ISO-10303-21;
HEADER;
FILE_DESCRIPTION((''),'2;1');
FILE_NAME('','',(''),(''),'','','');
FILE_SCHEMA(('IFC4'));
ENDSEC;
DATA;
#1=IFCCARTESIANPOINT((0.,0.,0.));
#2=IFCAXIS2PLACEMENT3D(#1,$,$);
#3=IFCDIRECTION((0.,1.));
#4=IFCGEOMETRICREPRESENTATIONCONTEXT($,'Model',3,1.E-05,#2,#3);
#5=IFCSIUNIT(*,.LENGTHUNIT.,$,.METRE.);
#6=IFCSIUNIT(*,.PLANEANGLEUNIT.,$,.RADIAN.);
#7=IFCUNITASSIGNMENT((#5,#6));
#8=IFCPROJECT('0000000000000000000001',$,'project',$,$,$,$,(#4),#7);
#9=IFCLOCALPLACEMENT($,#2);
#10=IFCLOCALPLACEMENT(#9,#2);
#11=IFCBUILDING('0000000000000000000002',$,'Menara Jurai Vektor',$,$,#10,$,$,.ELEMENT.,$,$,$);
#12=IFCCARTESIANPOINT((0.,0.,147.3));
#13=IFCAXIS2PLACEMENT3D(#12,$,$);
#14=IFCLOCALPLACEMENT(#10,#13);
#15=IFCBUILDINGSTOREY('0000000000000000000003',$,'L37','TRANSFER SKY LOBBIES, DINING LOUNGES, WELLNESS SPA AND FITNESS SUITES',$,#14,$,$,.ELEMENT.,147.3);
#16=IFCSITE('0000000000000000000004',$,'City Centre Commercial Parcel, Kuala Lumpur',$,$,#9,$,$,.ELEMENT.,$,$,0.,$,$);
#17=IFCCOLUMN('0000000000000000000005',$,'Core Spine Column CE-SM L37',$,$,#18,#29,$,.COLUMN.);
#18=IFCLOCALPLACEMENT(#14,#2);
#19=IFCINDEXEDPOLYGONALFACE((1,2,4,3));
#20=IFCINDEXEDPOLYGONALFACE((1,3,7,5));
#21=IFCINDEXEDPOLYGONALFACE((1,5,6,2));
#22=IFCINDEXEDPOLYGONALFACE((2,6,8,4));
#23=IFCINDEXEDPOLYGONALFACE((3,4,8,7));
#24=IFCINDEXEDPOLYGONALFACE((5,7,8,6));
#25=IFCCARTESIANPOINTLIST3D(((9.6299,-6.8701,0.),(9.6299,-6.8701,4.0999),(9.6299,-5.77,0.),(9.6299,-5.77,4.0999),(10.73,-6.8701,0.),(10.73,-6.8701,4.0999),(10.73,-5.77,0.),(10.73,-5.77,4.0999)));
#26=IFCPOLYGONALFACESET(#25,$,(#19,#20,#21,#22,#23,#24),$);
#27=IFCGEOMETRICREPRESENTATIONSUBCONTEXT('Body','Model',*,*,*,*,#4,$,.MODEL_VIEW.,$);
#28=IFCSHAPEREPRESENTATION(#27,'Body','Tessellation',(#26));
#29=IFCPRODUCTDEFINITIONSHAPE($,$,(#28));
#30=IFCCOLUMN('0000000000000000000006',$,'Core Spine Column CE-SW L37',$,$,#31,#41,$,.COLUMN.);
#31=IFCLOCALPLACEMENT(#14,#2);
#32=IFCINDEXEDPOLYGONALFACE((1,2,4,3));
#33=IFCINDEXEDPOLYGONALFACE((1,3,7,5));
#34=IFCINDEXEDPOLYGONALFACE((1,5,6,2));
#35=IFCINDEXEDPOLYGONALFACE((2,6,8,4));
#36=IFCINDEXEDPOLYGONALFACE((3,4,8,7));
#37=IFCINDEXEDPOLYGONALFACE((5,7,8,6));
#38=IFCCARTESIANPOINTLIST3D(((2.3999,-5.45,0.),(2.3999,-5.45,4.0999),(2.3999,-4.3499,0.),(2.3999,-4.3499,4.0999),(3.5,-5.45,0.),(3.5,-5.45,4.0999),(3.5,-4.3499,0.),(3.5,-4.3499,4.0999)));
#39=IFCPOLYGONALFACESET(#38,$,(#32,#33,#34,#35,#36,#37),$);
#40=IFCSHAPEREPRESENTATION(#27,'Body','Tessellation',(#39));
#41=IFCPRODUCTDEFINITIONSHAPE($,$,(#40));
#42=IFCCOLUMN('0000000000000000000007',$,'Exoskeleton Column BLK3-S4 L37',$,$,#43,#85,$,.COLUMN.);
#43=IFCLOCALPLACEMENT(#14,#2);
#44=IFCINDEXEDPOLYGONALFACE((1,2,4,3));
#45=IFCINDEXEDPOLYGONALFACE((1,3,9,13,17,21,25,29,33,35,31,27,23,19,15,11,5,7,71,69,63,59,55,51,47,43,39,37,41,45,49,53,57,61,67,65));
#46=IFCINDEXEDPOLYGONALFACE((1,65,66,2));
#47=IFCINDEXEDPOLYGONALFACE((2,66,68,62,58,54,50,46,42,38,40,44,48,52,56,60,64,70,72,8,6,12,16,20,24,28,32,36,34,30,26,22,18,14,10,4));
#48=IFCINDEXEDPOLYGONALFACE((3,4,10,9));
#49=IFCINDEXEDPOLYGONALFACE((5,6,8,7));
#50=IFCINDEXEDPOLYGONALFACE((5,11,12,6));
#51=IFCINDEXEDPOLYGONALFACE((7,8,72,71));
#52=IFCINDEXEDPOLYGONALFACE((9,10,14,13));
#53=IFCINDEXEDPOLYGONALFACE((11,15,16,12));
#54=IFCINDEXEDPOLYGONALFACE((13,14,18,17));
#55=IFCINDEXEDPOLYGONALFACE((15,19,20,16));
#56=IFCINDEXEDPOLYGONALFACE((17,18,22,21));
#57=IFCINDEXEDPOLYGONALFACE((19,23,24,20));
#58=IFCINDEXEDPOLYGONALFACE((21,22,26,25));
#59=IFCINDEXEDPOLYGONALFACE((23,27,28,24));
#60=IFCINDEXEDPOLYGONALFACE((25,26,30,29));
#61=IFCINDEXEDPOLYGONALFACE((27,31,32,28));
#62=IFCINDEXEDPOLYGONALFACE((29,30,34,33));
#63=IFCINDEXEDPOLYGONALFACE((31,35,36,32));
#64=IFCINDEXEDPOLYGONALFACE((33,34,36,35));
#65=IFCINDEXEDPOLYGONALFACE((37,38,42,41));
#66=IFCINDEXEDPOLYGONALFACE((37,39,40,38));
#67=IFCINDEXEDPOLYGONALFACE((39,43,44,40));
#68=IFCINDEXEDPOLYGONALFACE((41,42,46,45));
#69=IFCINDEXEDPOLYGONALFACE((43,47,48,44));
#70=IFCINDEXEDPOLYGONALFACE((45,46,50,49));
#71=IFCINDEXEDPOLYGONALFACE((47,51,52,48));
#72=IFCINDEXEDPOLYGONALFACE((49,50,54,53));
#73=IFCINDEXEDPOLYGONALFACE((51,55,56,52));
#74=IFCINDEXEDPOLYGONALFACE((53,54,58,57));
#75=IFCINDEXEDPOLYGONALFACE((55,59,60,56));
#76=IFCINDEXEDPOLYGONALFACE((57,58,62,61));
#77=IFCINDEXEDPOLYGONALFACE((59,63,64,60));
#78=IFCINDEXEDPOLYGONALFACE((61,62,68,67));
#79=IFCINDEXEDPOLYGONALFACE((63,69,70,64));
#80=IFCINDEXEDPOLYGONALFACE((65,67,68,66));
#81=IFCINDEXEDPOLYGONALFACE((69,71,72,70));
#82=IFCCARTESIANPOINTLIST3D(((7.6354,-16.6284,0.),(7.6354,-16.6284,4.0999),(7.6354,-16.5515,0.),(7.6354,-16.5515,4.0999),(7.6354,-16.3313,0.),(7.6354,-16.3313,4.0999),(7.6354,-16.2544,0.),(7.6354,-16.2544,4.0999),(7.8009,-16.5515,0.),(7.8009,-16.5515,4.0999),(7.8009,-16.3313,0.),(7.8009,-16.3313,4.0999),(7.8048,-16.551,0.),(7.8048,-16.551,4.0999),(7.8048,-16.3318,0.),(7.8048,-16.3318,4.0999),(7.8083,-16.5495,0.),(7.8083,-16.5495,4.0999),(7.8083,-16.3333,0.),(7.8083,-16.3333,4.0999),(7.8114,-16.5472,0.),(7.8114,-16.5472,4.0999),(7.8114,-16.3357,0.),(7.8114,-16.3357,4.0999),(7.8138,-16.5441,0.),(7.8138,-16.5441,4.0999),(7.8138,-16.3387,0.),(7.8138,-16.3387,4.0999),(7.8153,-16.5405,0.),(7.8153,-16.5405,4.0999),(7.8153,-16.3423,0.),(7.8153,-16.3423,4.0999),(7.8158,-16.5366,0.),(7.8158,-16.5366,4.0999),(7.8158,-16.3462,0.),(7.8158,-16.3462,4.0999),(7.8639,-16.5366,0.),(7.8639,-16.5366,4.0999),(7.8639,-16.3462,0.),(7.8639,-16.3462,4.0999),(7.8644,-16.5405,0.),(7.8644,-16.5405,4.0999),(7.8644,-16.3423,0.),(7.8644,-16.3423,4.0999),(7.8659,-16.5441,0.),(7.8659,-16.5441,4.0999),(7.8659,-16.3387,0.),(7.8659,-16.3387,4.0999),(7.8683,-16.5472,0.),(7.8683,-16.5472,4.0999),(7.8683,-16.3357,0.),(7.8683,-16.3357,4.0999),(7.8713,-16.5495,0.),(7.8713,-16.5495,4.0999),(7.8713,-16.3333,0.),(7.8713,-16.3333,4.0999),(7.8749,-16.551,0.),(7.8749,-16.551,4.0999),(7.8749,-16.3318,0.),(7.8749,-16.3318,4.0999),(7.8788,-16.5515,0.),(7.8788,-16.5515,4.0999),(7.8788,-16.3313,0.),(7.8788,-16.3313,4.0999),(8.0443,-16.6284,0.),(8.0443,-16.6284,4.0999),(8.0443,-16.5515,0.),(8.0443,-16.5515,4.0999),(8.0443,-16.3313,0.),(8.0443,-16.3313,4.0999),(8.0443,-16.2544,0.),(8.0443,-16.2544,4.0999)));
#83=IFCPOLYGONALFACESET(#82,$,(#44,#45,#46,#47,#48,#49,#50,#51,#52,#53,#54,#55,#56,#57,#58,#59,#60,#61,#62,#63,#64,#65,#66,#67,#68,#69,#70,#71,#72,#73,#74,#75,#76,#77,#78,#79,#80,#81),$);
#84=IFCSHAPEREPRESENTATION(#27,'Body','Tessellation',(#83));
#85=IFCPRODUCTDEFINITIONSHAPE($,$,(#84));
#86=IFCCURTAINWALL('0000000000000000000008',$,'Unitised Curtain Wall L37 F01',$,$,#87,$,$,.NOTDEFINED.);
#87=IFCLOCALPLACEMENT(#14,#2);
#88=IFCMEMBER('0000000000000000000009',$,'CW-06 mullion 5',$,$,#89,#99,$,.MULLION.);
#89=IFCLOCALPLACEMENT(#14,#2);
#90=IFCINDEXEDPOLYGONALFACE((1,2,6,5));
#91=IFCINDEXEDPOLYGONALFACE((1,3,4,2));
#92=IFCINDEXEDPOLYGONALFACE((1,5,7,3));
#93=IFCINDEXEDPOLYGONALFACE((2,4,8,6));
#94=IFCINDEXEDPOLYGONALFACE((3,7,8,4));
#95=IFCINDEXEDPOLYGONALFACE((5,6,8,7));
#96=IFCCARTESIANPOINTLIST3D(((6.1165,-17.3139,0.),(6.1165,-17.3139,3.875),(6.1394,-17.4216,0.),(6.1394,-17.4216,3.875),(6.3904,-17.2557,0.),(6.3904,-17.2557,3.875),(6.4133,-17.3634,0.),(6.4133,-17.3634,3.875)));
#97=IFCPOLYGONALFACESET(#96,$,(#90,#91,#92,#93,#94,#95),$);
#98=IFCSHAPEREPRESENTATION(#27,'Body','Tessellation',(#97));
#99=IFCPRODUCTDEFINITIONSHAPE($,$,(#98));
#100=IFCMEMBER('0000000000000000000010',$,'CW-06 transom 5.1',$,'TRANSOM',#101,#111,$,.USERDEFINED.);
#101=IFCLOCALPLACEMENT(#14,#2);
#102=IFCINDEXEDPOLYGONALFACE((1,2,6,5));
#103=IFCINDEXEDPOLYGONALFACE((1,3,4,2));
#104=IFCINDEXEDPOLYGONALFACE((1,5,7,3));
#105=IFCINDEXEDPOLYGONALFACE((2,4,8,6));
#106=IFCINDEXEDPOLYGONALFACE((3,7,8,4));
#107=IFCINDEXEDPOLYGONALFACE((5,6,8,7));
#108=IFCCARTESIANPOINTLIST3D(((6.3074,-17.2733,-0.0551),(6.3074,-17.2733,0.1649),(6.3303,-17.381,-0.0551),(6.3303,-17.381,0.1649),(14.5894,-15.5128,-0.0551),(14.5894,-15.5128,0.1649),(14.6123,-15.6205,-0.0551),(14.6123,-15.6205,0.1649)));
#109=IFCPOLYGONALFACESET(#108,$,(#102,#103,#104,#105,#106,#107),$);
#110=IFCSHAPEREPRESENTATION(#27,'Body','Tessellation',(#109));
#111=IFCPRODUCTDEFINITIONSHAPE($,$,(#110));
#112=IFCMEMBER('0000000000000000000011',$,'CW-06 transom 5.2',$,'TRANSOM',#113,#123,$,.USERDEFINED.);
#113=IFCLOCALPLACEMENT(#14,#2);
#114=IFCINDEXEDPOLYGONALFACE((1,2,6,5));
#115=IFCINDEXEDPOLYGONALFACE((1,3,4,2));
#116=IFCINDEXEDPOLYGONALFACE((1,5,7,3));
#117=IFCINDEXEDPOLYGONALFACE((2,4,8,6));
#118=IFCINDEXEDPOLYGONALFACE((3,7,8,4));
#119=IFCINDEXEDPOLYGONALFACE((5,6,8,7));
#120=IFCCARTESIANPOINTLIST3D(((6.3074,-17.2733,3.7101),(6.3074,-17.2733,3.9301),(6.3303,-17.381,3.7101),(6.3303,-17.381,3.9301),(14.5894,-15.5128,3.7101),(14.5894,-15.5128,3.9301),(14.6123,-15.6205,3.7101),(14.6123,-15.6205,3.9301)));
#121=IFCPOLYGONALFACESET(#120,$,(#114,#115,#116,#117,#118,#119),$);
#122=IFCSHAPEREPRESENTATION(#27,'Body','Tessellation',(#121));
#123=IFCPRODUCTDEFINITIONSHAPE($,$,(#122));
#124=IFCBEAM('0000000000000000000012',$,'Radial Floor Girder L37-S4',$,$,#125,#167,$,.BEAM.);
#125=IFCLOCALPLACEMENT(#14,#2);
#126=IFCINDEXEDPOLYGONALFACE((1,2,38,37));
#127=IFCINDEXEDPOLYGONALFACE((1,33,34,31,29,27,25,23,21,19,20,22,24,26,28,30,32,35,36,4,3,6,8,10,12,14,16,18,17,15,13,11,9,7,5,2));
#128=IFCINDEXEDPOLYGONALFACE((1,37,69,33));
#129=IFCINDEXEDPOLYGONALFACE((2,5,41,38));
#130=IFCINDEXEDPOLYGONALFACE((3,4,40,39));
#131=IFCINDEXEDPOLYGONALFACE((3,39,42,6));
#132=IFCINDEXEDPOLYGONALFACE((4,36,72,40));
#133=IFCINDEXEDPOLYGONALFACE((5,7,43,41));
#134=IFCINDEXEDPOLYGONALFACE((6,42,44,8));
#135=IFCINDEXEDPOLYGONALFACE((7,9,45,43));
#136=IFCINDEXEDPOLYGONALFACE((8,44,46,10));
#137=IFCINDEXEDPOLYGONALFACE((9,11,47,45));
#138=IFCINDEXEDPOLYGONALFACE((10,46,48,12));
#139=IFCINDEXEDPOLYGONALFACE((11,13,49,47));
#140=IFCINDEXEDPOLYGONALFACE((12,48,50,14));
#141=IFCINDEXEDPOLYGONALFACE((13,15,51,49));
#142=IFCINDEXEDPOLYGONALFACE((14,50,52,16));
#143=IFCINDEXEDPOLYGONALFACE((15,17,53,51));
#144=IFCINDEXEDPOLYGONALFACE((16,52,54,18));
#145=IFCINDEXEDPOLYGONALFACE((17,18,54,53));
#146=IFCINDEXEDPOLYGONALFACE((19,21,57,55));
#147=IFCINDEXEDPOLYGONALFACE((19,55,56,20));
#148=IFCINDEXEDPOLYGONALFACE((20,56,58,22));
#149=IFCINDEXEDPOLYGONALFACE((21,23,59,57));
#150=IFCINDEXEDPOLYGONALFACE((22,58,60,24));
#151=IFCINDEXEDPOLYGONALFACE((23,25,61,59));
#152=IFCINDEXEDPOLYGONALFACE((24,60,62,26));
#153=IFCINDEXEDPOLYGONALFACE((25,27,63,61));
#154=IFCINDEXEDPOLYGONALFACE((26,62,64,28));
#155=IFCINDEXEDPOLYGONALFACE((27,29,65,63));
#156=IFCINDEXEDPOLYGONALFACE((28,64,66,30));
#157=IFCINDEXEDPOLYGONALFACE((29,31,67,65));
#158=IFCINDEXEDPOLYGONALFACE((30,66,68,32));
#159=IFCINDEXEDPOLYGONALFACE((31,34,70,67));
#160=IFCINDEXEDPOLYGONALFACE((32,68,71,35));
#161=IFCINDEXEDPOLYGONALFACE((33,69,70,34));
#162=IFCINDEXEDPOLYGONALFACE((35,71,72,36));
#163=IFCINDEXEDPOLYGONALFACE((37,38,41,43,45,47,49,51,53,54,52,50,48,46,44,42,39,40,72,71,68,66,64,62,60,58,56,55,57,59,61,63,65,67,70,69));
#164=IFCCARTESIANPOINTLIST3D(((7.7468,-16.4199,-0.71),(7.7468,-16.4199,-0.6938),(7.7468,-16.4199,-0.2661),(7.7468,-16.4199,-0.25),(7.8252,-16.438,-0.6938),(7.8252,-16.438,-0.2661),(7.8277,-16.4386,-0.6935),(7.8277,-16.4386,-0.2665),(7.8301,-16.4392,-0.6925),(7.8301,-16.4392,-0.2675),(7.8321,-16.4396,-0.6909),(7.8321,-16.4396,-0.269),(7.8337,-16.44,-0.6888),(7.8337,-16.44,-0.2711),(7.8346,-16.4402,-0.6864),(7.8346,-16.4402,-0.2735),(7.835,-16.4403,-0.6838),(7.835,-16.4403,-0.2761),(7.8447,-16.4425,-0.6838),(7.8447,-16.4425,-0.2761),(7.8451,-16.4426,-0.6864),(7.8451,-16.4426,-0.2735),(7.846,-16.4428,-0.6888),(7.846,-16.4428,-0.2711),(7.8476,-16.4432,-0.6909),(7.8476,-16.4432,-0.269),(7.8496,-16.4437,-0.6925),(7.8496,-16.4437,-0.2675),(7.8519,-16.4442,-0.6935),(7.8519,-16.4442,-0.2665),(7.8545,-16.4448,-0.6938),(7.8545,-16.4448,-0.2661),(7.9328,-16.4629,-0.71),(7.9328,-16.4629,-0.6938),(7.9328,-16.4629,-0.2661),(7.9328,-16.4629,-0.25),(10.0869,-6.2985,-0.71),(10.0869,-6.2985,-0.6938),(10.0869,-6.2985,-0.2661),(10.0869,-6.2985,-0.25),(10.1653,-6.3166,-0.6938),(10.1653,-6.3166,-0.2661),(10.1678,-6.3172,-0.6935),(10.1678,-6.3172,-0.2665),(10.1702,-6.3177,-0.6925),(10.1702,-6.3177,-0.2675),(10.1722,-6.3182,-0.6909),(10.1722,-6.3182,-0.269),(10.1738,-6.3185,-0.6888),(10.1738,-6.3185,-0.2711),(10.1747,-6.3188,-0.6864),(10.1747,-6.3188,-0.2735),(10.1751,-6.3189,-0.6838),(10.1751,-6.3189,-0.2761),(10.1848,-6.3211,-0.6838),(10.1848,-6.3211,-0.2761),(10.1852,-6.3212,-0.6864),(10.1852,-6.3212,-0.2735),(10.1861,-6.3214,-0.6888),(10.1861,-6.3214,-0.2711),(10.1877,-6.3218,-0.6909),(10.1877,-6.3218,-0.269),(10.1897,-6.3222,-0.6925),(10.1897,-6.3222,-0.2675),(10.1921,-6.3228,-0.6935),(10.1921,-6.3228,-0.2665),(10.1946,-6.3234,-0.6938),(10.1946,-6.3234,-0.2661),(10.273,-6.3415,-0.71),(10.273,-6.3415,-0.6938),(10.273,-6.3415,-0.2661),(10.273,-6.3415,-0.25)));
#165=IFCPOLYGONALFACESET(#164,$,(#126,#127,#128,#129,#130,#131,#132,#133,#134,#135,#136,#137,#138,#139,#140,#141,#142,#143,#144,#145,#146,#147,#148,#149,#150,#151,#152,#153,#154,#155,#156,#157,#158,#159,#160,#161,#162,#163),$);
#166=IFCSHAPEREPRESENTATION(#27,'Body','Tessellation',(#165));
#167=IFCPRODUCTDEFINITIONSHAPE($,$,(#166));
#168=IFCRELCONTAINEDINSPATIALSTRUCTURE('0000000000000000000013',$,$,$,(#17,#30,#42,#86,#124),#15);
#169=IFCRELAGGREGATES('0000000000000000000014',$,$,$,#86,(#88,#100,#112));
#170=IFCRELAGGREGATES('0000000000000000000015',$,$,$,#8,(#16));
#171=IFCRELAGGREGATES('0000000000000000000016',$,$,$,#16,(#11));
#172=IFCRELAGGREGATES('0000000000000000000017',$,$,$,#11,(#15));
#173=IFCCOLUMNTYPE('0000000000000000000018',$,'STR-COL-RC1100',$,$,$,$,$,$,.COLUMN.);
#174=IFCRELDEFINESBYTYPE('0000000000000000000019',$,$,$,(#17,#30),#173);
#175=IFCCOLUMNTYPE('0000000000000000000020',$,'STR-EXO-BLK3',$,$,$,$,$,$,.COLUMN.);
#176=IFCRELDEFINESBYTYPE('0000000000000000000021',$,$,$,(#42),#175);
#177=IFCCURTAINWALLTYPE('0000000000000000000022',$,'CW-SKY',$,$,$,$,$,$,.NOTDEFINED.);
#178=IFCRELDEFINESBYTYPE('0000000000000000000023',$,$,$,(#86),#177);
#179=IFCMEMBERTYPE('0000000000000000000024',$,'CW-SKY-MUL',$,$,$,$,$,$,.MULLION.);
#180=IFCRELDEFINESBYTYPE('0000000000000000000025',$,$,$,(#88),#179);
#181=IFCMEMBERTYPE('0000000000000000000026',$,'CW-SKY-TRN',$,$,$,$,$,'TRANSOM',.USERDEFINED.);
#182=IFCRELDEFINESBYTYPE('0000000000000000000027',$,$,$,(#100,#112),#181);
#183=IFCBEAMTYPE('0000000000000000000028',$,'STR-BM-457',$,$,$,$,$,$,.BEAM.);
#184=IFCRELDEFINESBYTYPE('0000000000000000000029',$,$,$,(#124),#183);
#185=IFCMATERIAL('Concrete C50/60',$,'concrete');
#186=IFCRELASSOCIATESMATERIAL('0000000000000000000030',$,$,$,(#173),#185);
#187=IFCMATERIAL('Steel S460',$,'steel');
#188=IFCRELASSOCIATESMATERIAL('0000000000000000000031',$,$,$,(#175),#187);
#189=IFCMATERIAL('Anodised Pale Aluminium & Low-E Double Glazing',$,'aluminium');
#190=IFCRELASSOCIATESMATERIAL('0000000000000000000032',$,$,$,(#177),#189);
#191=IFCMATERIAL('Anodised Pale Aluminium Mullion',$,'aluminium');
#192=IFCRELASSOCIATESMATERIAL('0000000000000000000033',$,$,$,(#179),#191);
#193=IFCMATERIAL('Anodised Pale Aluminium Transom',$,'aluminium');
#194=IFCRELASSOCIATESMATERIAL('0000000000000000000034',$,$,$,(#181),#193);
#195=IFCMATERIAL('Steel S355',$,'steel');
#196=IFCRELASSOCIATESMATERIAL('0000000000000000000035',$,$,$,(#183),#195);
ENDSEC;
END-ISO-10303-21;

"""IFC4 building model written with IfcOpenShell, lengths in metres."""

from ifc_helpers import new_model, si_unit, direction, frame, origin, origin_2d, place, context, subcontext, project, spatial, rectangle, i_section, extrude, material, material_profile, profile_set, type_object, element, aggregate, save


model = new_model("IFC4")

# Units and contexts
model_context = context("Model", 3, precision=1e-05, world=origin(), true_north=direction((0.0, 1.0)))
body_context = subcontext(model_context, "Body", "Model", "MODEL_VIEW")
ifc_project = project(units=[si_unit("LENGTHUNIT", "METRE"), si_unit("PLANEANGLEUNIT", "RADIAN")], contexts=[model_context])

# Site, building, storey
site_placement = place(None, origin())
site = spatial("IfcSite", under=ifc_project, at=site_placement, Name="City Centre Commercial Parcel, Kuala Lumpur", CompositionType="ELEMENT", RefElevation=0.0)
building_placement = place(site_placement, origin())
building = spatial("IfcBuilding", under=site, at=building_placement, Name="Menara Jurai Vektor", CompositionType="ELEMENT")
storey_placement = place(building_placement, frame((0.0, 0.0, 147.3)))
storey = spatial("IfcBuildingStorey", under=building, at=storey_placement, Name="L37", Description="TRANSFER SKY LOBBIES, DINING LOUNGES, WELLNESS SPA AND FITNESS SUITES", CompositionType="ELEMENT", Elevation=147.3)

# Columns
ifc_material_1 = material(Name="Concrete C50/60", Category="concrete")
ifc_material_profile_1 = material_profile(ifc_material_1, rectangle(XDim=1.1001, YDim=1.1001, at=origin_2d()), Name="RC 1100x1100")
ifc_profile_set_1 = profile_set([ifc_material_profile_1], Name="Concrete C50/60")
column_type_1 = type_object("IfcColumnType", Name="STR-COL-RC1100", PredefinedType="COLUMN", material=ifc_profile_set_1)
for number, where, z_axis, x_axis, name in (
    (1, (10.1799, -6.3201, 0.0), (0.0, 0.0, 1.0), (1.0, 0.0, 0.0), "Core Spine Column CE-SM L37"),
    (2, (2.95, -4.8999, 0.0), (0.0, 0.0, 1.0), (1.0, 0.0, 0.0), "Core Spine Column CE-SW L37"),
):
    element("IfcColumn", number, at=place(storey_placement, frame(where, z_axis=z_axis, x_axis=x_axis)), inside=storey, type_object=column_type_1, Name=name, PredefinedType="COLUMN", context=body_context, shape_type="SweptSolid", body=[
        extrude(rectangle(XDim=1.1001, YDim=1.1001, at=origin_2d()), origin(), (0.0, 0.0, 1.0), 4.0999),
    ])
ifc_material_2 = material(Name="Steel S460", Category="steel")
ifc_material_profile_2 = material_profile(ifc_material_2, i_section(OverallWidth=0.4089, OverallDepth=0.374, WebThickness=0.0481, FlangeThickness=0.0769, FilletRadius=0.0149, at=origin_2d()), Name="HD 400x634")
ifc_profile_set_2 = profile_set([ifc_material_profile_2], Name="Steel S460")
column_type_2 = type_object("IfcColumnType", Name="STR-EXO-BLK3", PredefinedType="COLUMN", material=ifc_profile_set_2)
column_placement = place(storey_placement, frame((7.8398, -16.4414, 0.0), z_axis=(0.0, 0.0, 1.0), x_axis=(1.0, 0.0, 0.0)))
element("IfcColumn", 3, at=column_placement, inside=storey, type_object=column_type_2, Name="Exoskeleton Column BLK3-S4 L37", PredefinedType="COLUMN", context=body_context, shape_type="SweptSolid", body=[
    extrude(i_section(OverallWidth=0.4089, OverallDepth=0.374, WebThickness=0.0481, FlangeThickness=0.0769, FilletRadius=0.0149, at=origin_2d()), origin(), (0.0, 0.0, 1.0), 4.0999),
])

# Curtain wall, members
ifc_material_3 = material(Name="Anodised Pale Aluminium & Low-E Double Glazing", Category="aluminium")
curtain_wall_type = type_object("IfcCurtainWallType", Name="CW-SKY", PredefinedType="NOTDEFINED", material=ifc_material_3)
curtain_wall_placement = place(storey_placement, origin())
curtain_wall = element("IfcCurtainWall", 4, at=curtain_wall_placement, inside=storey, type_object=curtain_wall_type, Name="Unitised Curtain Wall L37 F01", PredefinedType="NOTDEFINED")
ifc_material_4 = material(Name="Anodised Pale Aluminium Mullion", Category="aluminium")
ifc_material_profile_3 = material_profile(ifc_material_4, rectangle(XDim=0.1101, YDim=0.28, at=origin_2d()), Name="ALU MUL 110x280")
ifc_profile_set_3 = profile_set([ifc_material_profile_3], Name="Anodised Pale Aluminium Mullion")
member_type_1 = type_object("IfcMemberType", Name="CW-SKY-MUL", PredefinedType="MULLION", material=ifc_profile_set_3)
member_1_placement = place(storey_placement, frame((6.2649, -17.3386, 0.0), z_axis=(0.0, 0.0, 1.0), x_axis=(-0.207911, 0.978148, 0.0)))
member_1 = element("IfcMember", 5, at=member_1_placement, type_object=member_type_1, Name="CW-06 mullion 5", PredefinedType="MULLION", context=body_context, shape_type="SweptSolid", body=[
    extrude(rectangle(XDim=0.1101, YDim=0.28, at=origin_2d()), origin(), (0.0, 0.0, 1.0), 3.875),
])
ifc_material_5 = material(Name="Anodised Pale Aluminium Transom", Category="aluminium")
ifc_material_profile_4 = material_profile(ifc_material_5, rectangle(XDim=0.1101, YDim=0.22, at=origin_2d()), Name="ALU TRN 110x220")
ifc_profile_set_4 = profile_set([ifc_material_profile_4], Name="Anodised Pale Aluminium Transom")
member_type_2 = type_object("IfcMemberType", Name="CW-SKY-TRN", ElementType="TRANSOM", PredefinedType="USERDEFINED", material=ifc_profile_set_4)
member_2_placement = place(storey_placement, frame((6.3188, -17.3271, 0.0549), z_axis=(0.978145, 0.207924, 0.0), x_axis=(-0.207924, 0.978145, 0.0)))
member_2 = element("IfcMember", 6, at=member_2_placement, type_object=member_type_2, Name="CW-06 transom 5.1", ObjectType="TRANSOM", PredefinedType="USERDEFINED", context=body_context, shape_type="SweptSolid", body=[
    extrude(rectangle(XDim=0.1101, YDim=0.22, at=origin_2d()), origin(), (0.0, 0.0, 1.0), 8.467),
])
member_3_placement = place(storey_placement, frame((6.3188, -17.3271, 3.8201), z_axis=(0.978145, 0.207924, 0.0), x_axis=(-0.207924, 0.978145, 0.0)))
member_3 = element("IfcMember", 7, at=member_3_placement, type_object=member_type_2, Name="CW-06 transom 5.2", ObjectType="TRANSOM", PredefinedType="USERDEFINED", context=body_context, shape_type="SweptSolid", body=[
    extrude(rectangle(XDim=0.1101, YDim=0.22, at=origin_2d()), origin(), (0.0, 0.0, 1.0), 8.467),
])

# Beam
ifc_material_6 = material(Name="Steel S355", Category="steel")
ifc_material_profile_5 = material_profile(ifc_material_6, i_section(OverallWidth=0.1909, OverallDepth=0.46, WebThickness=0.01, FlangeThickness=0.0161, FilletRadius=0.01, at=origin_2d()), Name="UKB 457x191x82")
ifc_profile_set_5 = profile_set([ifc_material_profile_5], Name="Steel S355")
beam_type_1 = type_object("IfcBeamType", Name="STR-BM-457", PredefinedType="BEAM", material=ifc_profile_set_5)
beam_1_placement = place(storey_placement, frame((7.8398, -16.4414, -0.48), z_axis=(0.225261, 0.974298, 0.0), x_axis=(-0.974298, 0.225261, 0.0)))
element("IfcBeam", 8, at=beam_1_placement, inside=storey, type_object=beam_type_1, Name="Radial Floor Girder L37-S4", PredefinedType="BEAM", context=body_context, shape_type="SweptSolid", body=[
    extrude(i_section(OverallWidth=0.1909, OverallDepth=0.46, WebThickness=0.01, FlangeThickness=0.0161, FilletRadius=0.01, at=origin_2d()), origin(), (0.0, 0.0, 1.0), 10.3884),
])

aggregate(curtain_wall, [member_1, member_2, member_3])

save(model, "model.ifc")
